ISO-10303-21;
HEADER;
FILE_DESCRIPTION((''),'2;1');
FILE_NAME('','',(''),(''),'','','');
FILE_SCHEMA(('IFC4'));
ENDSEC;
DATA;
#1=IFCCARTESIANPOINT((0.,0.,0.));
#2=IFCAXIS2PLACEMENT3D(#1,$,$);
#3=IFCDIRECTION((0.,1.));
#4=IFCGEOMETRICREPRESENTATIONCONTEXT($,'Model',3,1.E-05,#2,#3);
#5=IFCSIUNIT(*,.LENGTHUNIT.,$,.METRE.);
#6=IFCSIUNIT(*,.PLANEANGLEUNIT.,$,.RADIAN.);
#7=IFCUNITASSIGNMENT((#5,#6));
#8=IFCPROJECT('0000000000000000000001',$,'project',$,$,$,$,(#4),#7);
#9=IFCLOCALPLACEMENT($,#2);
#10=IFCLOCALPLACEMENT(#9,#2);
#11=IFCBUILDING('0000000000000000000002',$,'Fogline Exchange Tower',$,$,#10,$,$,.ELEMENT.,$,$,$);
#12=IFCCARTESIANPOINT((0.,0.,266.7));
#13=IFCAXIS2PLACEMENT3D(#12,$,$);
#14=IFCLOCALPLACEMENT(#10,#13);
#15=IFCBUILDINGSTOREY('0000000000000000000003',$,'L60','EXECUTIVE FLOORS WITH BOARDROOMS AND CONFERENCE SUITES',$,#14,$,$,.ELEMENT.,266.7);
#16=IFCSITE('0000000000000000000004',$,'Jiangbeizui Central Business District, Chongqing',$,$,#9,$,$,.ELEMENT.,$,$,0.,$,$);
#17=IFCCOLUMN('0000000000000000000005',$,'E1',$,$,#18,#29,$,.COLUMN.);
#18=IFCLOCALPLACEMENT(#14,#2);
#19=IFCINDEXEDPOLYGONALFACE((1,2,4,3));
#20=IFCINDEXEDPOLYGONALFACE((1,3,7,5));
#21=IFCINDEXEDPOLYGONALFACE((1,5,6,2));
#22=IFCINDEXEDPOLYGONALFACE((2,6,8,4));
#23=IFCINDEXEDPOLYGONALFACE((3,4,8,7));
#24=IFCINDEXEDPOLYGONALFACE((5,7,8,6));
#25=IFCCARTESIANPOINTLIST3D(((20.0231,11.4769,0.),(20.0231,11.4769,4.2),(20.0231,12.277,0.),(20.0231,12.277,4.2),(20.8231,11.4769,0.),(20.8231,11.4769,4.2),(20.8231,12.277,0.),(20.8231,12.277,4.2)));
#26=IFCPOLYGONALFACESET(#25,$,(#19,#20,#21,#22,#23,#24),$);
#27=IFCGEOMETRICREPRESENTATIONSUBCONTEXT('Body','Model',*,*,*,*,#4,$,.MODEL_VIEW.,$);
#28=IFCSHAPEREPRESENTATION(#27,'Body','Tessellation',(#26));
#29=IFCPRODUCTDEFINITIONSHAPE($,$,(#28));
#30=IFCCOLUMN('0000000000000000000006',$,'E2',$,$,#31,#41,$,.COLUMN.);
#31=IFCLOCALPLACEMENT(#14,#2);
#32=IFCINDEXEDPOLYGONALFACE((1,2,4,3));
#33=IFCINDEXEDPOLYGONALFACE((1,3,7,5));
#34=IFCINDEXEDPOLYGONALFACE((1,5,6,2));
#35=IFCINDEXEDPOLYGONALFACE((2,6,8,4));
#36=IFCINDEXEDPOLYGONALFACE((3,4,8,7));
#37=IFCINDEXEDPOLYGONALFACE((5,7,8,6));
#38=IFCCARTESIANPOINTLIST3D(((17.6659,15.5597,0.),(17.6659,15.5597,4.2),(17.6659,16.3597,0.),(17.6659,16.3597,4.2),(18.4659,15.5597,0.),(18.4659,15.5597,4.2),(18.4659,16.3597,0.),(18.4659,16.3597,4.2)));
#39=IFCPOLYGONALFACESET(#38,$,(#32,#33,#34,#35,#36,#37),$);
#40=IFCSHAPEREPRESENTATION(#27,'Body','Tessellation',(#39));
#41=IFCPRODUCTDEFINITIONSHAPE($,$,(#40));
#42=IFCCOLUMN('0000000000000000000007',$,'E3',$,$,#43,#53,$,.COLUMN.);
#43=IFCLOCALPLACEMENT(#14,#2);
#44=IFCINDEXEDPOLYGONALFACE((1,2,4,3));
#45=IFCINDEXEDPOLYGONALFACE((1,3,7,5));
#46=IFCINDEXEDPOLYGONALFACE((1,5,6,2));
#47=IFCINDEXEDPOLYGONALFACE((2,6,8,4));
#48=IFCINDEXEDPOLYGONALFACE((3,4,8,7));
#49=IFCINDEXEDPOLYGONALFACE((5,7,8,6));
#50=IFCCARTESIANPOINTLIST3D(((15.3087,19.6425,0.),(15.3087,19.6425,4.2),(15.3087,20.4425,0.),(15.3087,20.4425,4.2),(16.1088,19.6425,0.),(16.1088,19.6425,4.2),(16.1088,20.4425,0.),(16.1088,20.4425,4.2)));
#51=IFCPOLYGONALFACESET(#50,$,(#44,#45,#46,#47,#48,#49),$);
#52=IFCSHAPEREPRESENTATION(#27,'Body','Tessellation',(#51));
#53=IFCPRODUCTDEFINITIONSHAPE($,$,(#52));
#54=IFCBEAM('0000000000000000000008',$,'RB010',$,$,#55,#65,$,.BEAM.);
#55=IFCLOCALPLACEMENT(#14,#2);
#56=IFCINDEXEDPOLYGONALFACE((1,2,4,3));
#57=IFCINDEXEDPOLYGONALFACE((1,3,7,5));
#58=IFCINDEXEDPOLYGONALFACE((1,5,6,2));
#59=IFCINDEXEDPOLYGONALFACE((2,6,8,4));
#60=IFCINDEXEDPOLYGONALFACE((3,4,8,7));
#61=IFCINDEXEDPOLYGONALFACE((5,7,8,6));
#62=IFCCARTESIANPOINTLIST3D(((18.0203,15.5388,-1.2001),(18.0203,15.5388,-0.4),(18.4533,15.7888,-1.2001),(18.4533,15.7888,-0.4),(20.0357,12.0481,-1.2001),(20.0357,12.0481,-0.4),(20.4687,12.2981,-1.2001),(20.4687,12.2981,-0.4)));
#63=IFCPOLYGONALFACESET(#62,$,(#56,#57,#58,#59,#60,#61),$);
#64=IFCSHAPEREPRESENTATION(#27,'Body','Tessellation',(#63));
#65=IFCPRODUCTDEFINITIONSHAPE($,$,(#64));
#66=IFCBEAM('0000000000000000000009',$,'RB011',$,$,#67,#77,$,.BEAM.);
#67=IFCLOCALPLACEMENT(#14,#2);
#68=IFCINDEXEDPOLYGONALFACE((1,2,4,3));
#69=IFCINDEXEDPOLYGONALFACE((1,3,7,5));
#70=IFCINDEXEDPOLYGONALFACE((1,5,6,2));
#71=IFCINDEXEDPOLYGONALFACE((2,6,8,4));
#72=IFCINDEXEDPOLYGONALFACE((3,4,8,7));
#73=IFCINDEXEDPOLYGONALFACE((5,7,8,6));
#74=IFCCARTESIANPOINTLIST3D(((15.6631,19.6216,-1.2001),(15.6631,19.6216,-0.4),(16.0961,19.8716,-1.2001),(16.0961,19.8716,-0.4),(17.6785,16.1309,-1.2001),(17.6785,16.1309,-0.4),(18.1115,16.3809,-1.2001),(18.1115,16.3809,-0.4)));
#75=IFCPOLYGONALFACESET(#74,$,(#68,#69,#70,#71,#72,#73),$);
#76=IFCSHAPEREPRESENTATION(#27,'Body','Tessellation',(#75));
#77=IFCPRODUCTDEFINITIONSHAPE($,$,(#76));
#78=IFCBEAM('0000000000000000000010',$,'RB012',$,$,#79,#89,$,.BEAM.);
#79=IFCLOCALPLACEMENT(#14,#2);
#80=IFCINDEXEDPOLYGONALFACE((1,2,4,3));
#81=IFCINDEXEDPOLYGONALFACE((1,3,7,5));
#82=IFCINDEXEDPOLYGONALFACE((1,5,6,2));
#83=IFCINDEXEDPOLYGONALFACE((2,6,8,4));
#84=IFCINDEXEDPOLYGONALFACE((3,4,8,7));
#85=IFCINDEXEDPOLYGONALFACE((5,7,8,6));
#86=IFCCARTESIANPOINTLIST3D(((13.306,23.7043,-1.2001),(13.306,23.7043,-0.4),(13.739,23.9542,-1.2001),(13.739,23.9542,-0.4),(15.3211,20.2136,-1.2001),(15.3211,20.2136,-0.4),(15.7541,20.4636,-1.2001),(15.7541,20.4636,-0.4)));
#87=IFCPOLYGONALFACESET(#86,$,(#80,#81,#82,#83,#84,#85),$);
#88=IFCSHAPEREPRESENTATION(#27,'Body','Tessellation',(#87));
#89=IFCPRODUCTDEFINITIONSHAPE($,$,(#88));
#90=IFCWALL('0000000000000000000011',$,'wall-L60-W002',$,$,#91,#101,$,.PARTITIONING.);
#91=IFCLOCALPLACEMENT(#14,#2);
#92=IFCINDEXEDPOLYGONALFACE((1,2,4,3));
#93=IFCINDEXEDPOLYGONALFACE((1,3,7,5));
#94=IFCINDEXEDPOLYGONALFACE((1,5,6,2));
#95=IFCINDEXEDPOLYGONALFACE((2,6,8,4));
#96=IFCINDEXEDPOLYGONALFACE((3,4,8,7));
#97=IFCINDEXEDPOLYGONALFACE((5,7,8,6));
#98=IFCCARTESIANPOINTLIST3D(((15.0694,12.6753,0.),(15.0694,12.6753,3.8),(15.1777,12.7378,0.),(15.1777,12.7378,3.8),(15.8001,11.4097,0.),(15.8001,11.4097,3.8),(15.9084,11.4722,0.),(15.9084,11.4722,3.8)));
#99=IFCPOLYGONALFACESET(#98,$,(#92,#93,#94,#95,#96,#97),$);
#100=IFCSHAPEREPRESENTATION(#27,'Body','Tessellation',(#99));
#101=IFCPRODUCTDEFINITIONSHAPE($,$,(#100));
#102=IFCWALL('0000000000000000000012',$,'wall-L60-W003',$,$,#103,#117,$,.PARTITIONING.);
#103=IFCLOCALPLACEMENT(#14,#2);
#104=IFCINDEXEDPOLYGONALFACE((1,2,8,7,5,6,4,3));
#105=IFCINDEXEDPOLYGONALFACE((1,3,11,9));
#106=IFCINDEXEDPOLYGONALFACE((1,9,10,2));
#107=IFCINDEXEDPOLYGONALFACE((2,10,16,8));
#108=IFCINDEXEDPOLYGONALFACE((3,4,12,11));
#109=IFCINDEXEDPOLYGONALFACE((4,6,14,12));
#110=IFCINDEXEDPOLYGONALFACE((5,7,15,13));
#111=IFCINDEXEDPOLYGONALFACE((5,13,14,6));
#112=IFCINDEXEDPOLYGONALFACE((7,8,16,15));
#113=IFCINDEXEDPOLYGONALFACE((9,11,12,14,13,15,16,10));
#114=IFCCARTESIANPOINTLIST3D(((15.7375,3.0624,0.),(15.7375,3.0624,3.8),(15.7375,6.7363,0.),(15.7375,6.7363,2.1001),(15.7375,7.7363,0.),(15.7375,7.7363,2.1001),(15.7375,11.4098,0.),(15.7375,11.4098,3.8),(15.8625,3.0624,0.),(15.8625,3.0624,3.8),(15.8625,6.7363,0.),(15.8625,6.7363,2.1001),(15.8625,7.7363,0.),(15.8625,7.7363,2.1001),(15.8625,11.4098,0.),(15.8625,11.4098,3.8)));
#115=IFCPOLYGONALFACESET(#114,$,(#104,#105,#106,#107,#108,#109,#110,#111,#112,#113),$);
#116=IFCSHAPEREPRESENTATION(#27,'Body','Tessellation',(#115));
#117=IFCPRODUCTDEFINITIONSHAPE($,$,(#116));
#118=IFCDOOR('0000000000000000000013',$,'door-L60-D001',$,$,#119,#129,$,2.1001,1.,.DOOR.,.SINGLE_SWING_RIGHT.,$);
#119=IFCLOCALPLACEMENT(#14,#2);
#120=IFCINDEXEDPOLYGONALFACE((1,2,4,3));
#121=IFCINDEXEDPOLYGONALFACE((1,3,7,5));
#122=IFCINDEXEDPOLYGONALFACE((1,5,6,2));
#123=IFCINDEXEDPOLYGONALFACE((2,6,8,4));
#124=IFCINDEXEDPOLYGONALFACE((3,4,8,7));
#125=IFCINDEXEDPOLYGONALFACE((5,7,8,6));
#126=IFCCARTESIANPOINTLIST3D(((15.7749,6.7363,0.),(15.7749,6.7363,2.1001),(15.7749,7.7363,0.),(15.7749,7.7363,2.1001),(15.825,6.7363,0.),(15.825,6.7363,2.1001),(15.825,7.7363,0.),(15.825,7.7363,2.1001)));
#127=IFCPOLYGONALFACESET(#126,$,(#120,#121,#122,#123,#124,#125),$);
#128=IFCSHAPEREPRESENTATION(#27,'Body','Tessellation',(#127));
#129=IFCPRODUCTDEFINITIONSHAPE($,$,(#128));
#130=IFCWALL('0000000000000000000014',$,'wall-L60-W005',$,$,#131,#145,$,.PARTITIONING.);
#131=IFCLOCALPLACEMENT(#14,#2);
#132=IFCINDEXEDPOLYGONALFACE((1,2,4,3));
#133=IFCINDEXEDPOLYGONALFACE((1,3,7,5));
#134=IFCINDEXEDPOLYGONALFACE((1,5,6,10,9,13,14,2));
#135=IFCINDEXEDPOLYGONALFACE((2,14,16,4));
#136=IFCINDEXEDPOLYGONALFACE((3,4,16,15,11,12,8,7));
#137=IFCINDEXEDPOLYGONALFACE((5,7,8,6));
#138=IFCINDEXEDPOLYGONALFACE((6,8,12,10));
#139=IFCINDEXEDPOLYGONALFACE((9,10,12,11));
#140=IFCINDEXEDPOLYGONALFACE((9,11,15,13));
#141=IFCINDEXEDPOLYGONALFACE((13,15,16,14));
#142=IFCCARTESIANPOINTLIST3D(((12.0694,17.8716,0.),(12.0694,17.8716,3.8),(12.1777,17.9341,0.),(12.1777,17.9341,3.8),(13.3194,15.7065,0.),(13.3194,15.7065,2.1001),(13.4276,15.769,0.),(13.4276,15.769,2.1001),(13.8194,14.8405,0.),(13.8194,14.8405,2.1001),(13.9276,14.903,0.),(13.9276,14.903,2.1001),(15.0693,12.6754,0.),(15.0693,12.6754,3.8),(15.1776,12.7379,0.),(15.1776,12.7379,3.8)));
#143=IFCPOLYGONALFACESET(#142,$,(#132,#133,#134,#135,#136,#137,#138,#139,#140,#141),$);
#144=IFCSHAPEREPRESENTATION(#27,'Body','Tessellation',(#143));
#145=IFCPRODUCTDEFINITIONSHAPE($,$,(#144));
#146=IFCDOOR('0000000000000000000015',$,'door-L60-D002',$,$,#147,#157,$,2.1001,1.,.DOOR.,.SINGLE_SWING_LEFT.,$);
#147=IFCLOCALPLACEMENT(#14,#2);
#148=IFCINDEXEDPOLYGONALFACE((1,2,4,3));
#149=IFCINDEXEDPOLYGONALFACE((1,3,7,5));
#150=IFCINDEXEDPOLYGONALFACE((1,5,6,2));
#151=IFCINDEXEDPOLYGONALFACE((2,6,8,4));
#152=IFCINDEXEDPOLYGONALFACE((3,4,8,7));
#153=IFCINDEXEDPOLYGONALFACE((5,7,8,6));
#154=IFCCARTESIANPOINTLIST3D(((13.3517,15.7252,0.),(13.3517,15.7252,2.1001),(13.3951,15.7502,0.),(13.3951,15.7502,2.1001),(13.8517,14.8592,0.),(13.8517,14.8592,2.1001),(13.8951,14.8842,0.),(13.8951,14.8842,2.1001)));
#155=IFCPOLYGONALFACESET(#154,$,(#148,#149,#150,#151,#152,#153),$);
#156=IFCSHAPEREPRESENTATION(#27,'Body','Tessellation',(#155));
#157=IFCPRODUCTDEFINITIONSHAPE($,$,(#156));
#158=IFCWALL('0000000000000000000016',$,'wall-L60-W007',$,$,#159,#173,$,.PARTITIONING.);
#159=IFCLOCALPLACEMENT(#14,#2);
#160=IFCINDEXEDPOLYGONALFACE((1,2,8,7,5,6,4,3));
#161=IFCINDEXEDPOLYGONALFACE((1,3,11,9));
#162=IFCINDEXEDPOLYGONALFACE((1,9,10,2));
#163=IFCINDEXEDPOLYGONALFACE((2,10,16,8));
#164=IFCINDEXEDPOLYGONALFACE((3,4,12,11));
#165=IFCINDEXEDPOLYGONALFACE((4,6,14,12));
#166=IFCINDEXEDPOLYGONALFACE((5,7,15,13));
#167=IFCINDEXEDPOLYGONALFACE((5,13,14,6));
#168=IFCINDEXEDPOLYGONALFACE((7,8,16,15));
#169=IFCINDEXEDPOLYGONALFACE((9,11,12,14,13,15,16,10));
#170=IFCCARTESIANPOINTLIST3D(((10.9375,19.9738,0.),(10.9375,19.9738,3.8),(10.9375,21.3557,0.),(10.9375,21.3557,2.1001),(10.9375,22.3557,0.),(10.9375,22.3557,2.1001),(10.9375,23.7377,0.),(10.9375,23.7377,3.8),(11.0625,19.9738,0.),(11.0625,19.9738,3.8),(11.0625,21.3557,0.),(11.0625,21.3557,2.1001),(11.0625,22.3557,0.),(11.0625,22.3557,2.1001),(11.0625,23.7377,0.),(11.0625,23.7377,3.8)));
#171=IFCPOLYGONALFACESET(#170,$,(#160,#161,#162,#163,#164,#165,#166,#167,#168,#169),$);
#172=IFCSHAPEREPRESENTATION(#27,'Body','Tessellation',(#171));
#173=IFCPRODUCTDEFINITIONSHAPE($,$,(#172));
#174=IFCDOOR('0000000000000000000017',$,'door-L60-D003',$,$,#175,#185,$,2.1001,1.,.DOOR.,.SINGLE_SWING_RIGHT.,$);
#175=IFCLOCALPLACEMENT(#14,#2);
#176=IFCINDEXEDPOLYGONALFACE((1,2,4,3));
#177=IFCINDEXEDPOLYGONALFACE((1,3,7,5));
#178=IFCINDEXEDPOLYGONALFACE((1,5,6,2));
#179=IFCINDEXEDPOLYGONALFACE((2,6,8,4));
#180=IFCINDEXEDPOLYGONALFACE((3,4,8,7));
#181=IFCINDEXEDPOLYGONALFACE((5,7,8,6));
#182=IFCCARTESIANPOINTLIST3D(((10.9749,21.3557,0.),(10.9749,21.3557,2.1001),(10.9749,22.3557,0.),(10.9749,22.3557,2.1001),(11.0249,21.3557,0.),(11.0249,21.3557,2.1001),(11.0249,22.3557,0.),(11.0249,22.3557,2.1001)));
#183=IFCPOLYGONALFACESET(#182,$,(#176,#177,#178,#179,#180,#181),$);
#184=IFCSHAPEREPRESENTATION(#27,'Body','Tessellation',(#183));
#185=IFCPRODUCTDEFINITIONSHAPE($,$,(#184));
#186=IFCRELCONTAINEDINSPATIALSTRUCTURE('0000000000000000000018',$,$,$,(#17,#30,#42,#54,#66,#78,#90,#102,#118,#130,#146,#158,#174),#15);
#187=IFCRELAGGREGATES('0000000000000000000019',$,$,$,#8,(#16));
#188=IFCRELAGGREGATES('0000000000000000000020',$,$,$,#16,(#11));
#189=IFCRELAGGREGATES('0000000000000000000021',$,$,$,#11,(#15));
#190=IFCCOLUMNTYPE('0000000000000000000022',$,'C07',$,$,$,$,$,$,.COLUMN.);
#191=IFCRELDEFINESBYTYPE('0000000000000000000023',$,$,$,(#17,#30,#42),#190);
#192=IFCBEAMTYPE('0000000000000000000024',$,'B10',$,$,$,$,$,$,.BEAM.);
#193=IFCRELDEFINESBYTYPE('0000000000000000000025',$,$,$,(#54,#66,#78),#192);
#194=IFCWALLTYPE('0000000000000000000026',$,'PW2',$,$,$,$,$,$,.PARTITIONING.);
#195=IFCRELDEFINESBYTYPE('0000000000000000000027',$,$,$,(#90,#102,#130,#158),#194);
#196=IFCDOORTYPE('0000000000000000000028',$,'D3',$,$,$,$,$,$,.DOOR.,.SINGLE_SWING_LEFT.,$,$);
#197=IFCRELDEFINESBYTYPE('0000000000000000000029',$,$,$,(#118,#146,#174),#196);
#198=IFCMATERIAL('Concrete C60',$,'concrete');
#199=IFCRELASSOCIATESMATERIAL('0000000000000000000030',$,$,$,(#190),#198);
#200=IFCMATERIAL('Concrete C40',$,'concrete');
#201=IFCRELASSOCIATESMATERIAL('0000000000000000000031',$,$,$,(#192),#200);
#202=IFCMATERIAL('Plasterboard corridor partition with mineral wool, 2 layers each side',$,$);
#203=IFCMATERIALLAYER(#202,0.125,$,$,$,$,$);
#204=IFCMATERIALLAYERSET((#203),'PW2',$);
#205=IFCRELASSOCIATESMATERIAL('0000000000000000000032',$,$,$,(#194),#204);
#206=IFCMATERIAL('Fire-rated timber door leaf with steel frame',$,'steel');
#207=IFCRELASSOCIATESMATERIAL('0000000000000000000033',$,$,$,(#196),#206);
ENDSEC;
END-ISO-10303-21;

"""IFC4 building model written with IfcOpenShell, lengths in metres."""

from ifc_helpers import new_model, si_unit, direction, frame, frame_2d, origin, origin_2d, place, context, subcontext, project, spatial, rectangle, extrude, material, layer, layer_set, material_profile, profile_set, type_object, element, fill, save


model = new_model("IFC4")

# Units and contexts
model_context = context("Model", 3, precision=1e-05, world=origin(), true_north=direction((0.0, 1.0)))
body_context = subcontext(model_context, "Body", "Model", "MODEL_VIEW")
ifc_project = project(units=[si_unit("LENGTHUNIT", "METRE"), si_unit("PLANEANGLEUNIT", "RADIAN")], contexts=[model_context])

# Site, building, storey
site_placement = place(None, origin())
site = spatial("IfcSite", under=ifc_project, at=site_placement, Name="Jiangbeizui Central Business District, Chongqing", CompositionType="ELEMENT", RefElevation=0.0)
building_placement = place(site_placement, origin())
building = spatial("IfcBuilding", under=site, at=building_placement, Name="Fogline Exchange Tower", CompositionType="ELEMENT")
storey_placement = place(building_placement, frame((0.0, 0.0, 266.7)))
storey = spatial("IfcBuildingStorey", under=building, at=storey_placement, Name="L60", Description="EXECUTIVE FLOORS WITH BOARDROOMS AND CONFERENCE SUITES", CompositionType="ELEMENT", Elevation=266.7)

# Columns
ifc_material_1 = material(Name="Concrete C60", Category="concrete")
ifc_material_profile_1 = material_profile(ifc_material_1, rectangle(XDim=0.8, YDim=0.8, at=origin_2d()), Name="RC 800x800")
ifc_profile_set_1 = profile_set([ifc_material_profile_1], Name="Concrete C60")
column_type = type_object("IfcColumnType", Name="C07", PredefinedType="COLUMN", material=ifc_profile_set_1)
for number, where, z_axis, x_axis, name in (
    (1, (20.4231, 11.877, 0.0), (0.0, 0.0, 1.0), (1.0, 0.0, 0.0), "E1"),
    (2, (18.0659, 15.9597, 0.0), (0.0, 0.0, 1.0), (1.0, 0.0, 0.0), "E2"),
    (3, (15.7087, 20.0425, 0.0), (0.0, 0.0, 1.0), (1.0, 0.0, 0.0), "E3"),
):
    element("IfcColumn", number, at=place(storey_placement, frame(where, z_axis=z_axis, x_axis=x_axis)), inside=storey, type_object=column_type, Name=name, PredefinedType="COLUMN", context=body_context, shape_type="SweptSolid", body=[
        extrude(rectangle(XDim=0.8, YDim=0.8, at=origin_2d()), origin(), (0.0, 0.0, 1.0), 4.2),
    ])

# Beams
ifc_material_2 = material(Name="Concrete C40", Category="concrete")
ifc_material_profile_2 = material_profile(ifc_material_2, rectangle(XDim=0.5, YDim=0.8, at=origin_2d()), Name="RC 500x800")
ifc_profile_set_2 = profile_set([ifc_material_profile_2], Name="Concrete C40")
beam_type = type_object("IfcBeamType", Name="B10", PredefinedType="BEAM", material=ifc_profile_set_2)
for number, where, z_axis, x_axis, name in (
    (4, (20.2522, 12.1731, -0.8), (-0.500002, 0.866024, 0.0), (-0.866024, -0.500002, 0.0), "RB010"),
    (5, (17.895, 16.2559, -0.8), (-0.500002, 0.866024, 0.0), (-0.866024, -0.500002, 0.0), "RB011"),
):
    element("IfcBeam", number, at=place(storey_placement, frame(where, z_axis=z_axis, x_axis=x_axis)), inside=storey, type_object=beam_type, Name=name, PredefinedType="BEAM", context=body_context, shape_type="SweptSolid", body=[
        extrude(rectangle(XDim=0.5, YDim=0.8, at=origin_2d()), origin(), (0.0, 0.0, 1.0), 4.0308),
    ])
beam_placement = place(storey_placement, frame((15.5376, 20.3386, -0.8), z_axis=(-0.499957, 0.86605, 0.0), x_axis=(-0.86605, -0.499957, 0.0)))
element("IfcBeam", 6, at=beam_placement, inside=storey, type_object=beam_type, Name="RB012", PredefinedType="BEAM", context=body_context, shape_type="SweptSolid", body=[
    extrude(rectangle(XDim=0.5, YDim=0.8, at=origin_2d()), origin(), (0.0, 0.0, 1.0), 4.0305),
])

# Wall
ifc_material_3 = material(Name="Plasterboard corridor partition with mineral wool, 2 layers each side")
ifc_layer_1 = layer(ifc_material_3, 0.125)
ifc_layer_set_1 = layer_set([ifc_layer_1], Name="PW2")
wall_type_1 = type_object("IfcWallType", Name="PW2", PredefinedType="PARTITIONING", material=ifc_layer_set_1)
wall_1_placement = place(storey_placement, frame((15.1235, 12.7065, 0.0), z_axis=(0.0, 0.0, 1.0), x_axis=(0.500002, -0.866024, 0.0)))
element("IfcWall", 7, at=wall_1_placement, inside=storey, type_object=wall_type_1, Name="wall-L60-W002", PredefinedType="PARTITIONING", context=body_context, shape_type="SweptSolid", body=[
    extrude(rectangle(XDim=1.4614, YDim=0.125, at=frame_2d((0.7307, 0.0))), origin(), (0.0, 0.0, 1.0), 3.8),
])

# Walls, openings, doors
wall_2_placement = place(storey_placement, frame((15.8, 11.4099, 0.0), z_axis=(0.0, 0.0, 1.0), x_axis=(0.0, -1.0, 0.0)))
wall_2 = element("IfcWall", 8, at=wall_2_placement, inside=storey, type_object=wall_type_1, Name="wall-L60-W003", PredefinedType="PARTITIONING", context=body_context, shape_type="SweptSolid", body=[
    extrude(rectangle(XDim=8.3474, YDim=0.125, at=frame_2d((4.1738, 0.0))), origin(), (0.0, 0.0, 1.0), 3.8),
])
opening_1_placement = place(wall_2_placement, frame((3.6736, 0.0, 0.0)))
opening_1 = element("IfcOpeningElement", 9, at=opening_1_placement, cuts=wall_2, PredefinedType="OPENING", context=body_context, shape_type="SweptSolid", body=[
    extrude(rectangle(XDim=1.0, YDim=2.1001, at=frame_2d((0.5, 1.05))), frame((0.0, 0.0725, 0.0), z_axis=(0.0, -1.0, 0.0), x_axis=(1.0, 0.0, 0.0)), (0.0, 0.0, 1.0), 0.145),
])
ifc_material_4 = material(Name="Fire-rated timber door leaf with steel frame", Category="steel")
door_type = type_object("IfcDoorType", Name="D3", OperationType="SINGLE_SWING_LEFT", PredefinedType="DOOR", material=ifc_material_4)
door_1_placement = place(opening_1_placement, origin())
door_1 = element("IfcDoor", 10, at=door_1_placement, inside=storey, type_object=door_type, Name="door-L60-D001", OperationType="SINGLE_SWING_RIGHT", OverallHeight=2.1001, OverallWidth=1.0, PredefinedType="DOOR", context=body_context, shape_type="SweptSolid", body=[
    extrude(rectangle(XDim=1.0, YDim=2.1001, at=frame_2d((0.5, 1.05))), frame((0.0, 0.0249, 0.0), z_axis=(0.0, -1.0, 0.0), x_axis=(1.0, 0.0, 0.0)), (0.0, 0.0, 1.0), 0.05),
])
fill(opening_1, door_1)
wall_3_placement = place(storey_placement, frame((12.1235, 17.9028, 0.0), z_axis=(0.0, 0.0, 1.0), x_axis=(0.49999, -0.866031, 0.0)))
wall_3 = element("IfcWall", 11, at=wall_3_placement, inside=storey, type_object=wall_type_1, Name="wall-L60-W005", PredefinedType="PARTITIONING", context=body_context, shape_type="SweptSolid", body=[
    extrude(rectangle(XDim=6.0, YDim=0.125, at=frame_2d((3.0, 0.0))), origin(), (0.0, 0.0, 1.0), 3.8),
])
opening_2_placement = place(wall_3_placement, frame((2.5, 0.0, 0.0)))
opening_2 = element("IfcOpeningElement", 12, at=opening_2_placement, cuts=wall_3, PredefinedType="OPENING", context=body_context, shape_type="SweptSolid", body=[
    extrude(rectangle(XDim=1.0, YDim=2.1001, at=frame_2d((0.5, 1.05))), frame((0.0, 0.0725, 0.0), z_axis=(0.0, -1.0, 0.0), x_axis=(1.0, 0.0, 0.0)), (0.0, 0.0, 1.0), 0.145),
])
door_2_placement = place(opening_2_placement, origin())
door_2 = element("IfcDoor", 13, at=door_2_placement, inside=storey, type_object=door_type, Name="door-L60-D002", OperationType="SINGLE_SWING_LEFT", OverallHeight=2.1001, OverallWidth=1.0, PredefinedType="DOOR", context=body_context, shape_type="SweptSolid", body=[
    extrude(rectangle(XDim=1.0, YDim=2.1001, at=frame_2d((0.5, 1.05))), frame((0.0, 0.0249, 0.0), z_axis=(0.0, -1.0, 0.0), x_axis=(1.0, 0.0, 0.0)), (0.0, 0.0, 1.0), 0.05),
])
fill(opening_2, door_2)
wall_4_placement = place(storey_placement, frame((11.0, 23.7375, 0.0), z_axis=(0.0, 0.0, 1.0), x_axis=(0.0, -1.0, 0.0)))
wall_4 = element("IfcWall", 14, at=wall_4_placement, inside=storey, type_object=wall_type_1, Name="wall-L60-W007", PredefinedType="PARTITIONING", context=body_context, shape_type="SweptSolid", body=[
    extrude(rectangle(XDim=3.7639, YDim=0.125, at=frame_2d((1.8818, 0.0))), origin(), (0.0, 0.0, 1.0), 3.8),
])
opening_3_placement = place(wall_4_placement, frame((1.3818, 0.0, 0.0)))
opening_3 = element("IfcOpeningElement", 15, at=opening_3_placement, cuts=wall_4, PredefinedType="OPENING", context=body_context, shape_type="SweptSolid", body=[
    extrude(rectangle(XDim=1.0, YDim=2.1001, at=frame_2d((0.5, 1.05))), frame((0.0, 0.0725, 0.0), z_axis=(0.0, -1.0, 0.0), x_axis=(1.0, 0.0, 0.0)), (0.0, 0.0, 1.0), 0.145),
])
door_3_placement = place(opening_3_placement, origin())
door_3 = element("IfcDoor", 16, at=door_3_placement, inside=storey, type_object=door_type, Name="door-L60-D003", OperationType="SINGLE_SWING_RIGHT", OverallHeight=2.1001, OverallWidth=1.0, PredefinedType="DOOR", context=body_context, shape_type="SweptSolid", body=[
    extrude(rectangle(XDim=1.0, YDim=2.1001, at=frame_2d((0.5, 1.05))), frame((0.0, 0.0249, 0.0), z_axis=(0.0, -1.0, 0.0), x_axis=(1.0, 0.0, 0.0)), (0.0, 0.0, 1.0), 0.05),
])
fill(opening_3, door_3)

save(model, "model.ifc")
